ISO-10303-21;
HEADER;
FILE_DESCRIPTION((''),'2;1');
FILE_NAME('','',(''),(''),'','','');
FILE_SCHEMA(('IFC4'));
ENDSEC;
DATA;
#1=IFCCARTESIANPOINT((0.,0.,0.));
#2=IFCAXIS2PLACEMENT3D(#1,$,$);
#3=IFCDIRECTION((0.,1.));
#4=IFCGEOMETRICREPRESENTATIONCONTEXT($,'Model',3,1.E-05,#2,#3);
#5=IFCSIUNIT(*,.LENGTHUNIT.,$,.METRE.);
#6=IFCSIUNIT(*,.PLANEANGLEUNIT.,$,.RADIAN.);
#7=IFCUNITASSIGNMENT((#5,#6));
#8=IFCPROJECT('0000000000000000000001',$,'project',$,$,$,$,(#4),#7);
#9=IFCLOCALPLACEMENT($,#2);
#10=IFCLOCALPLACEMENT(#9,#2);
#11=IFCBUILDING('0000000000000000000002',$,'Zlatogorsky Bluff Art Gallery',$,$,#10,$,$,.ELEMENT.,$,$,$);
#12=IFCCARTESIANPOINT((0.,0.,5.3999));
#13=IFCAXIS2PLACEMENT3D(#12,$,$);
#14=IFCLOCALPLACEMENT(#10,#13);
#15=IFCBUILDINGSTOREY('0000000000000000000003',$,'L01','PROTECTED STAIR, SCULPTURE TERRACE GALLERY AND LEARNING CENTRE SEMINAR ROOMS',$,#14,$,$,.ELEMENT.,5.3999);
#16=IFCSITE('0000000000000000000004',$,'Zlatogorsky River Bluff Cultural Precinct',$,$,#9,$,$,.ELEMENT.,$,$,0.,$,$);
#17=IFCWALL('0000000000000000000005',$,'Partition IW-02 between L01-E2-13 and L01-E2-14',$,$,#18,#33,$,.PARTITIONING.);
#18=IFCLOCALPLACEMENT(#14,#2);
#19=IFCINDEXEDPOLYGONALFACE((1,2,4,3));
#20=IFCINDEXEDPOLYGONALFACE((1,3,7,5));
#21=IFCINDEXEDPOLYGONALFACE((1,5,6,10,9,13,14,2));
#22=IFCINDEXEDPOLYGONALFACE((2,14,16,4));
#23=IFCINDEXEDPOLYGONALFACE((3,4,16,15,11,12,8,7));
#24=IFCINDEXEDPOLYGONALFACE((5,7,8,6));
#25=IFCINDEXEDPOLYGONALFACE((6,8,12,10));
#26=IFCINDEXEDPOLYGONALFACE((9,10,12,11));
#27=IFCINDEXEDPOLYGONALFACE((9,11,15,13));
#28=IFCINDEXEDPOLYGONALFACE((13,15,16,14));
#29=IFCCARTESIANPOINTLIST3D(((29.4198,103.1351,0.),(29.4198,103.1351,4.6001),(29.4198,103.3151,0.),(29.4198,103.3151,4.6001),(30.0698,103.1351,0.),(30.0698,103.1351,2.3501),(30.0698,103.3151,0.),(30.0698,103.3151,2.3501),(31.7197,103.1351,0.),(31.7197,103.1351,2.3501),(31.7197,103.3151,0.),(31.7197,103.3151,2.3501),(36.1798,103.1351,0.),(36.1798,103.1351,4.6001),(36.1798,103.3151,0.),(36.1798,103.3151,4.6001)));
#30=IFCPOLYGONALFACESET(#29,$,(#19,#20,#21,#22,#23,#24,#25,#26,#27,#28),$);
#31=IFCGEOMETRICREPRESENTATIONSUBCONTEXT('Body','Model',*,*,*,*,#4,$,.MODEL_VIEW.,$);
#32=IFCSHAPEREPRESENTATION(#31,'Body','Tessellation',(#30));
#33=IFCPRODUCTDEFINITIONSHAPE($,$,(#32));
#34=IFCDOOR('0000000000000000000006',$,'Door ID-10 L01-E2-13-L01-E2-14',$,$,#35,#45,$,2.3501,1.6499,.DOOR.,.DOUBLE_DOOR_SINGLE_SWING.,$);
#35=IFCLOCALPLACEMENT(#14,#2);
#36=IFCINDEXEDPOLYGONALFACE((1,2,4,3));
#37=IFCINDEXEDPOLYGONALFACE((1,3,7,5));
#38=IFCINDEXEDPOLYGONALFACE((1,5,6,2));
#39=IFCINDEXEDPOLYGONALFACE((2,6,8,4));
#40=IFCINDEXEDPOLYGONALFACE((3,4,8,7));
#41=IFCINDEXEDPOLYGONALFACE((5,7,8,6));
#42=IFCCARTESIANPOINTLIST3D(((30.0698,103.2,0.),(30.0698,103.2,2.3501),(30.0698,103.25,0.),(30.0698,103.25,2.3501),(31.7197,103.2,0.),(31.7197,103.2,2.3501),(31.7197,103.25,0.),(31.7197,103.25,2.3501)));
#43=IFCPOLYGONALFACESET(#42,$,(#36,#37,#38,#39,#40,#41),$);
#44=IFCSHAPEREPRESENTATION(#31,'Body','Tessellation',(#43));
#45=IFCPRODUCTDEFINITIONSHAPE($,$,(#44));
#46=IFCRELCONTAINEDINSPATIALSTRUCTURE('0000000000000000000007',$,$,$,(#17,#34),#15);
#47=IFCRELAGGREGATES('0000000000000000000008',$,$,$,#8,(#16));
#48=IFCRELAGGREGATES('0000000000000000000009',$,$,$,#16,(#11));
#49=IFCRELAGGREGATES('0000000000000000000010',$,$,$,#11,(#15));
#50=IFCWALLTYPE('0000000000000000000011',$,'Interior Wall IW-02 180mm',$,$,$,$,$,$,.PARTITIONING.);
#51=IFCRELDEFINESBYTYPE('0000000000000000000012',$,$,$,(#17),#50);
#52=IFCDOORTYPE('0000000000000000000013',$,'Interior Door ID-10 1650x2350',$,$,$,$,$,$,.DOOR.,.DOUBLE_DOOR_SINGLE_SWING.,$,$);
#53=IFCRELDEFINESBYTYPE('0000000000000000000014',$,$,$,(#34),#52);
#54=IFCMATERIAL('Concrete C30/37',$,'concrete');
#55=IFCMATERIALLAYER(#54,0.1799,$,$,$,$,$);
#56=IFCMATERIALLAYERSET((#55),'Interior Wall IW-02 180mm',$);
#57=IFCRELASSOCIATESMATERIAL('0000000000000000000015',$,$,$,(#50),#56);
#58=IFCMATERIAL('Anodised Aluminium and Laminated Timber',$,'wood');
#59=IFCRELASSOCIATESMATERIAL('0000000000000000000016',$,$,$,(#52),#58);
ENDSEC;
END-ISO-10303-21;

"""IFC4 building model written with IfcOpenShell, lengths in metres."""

from ifc_helpers import new_model, si_unit, direction, frame, frame_2d, origin, place, context, subcontext, project, spatial, rectangle, extrude, material, layer, layer_set, type_object, element, fill, save


model = new_model("IFC4")

# Units and contexts
model_context = context("Model", 3, precision=1e-05, world=origin(), true_north=direction((0.0, 1.0)))
body_context = subcontext(model_context, "Body", "Model", "MODEL_VIEW")
ifc_project = project(units=[si_unit("LENGTHUNIT", "METRE"), si_unit("PLANEANGLEUNIT", "RADIAN")], contexts=[model_context])

# Site, building, storey
site_placement = place(None, origin())
site = spatial("IfcSite", under=ifc_project, at=site_placement, Name="Zlatogorsky River Bluff Cultural Precinct", CompositionType="ELEMENT", RefElevation=0.0)
building_placement = place(site_placement, origin())
building = spatial("IfcBuilding", under=site, at=building_placement, Name="Zlatogorsky Bluff Art Gallery", CompositionType="ELEMENT")
storey_placement = place(building_placement, frame((0.0, 0.0, 5.3999)))
storey = spatial("IfcBuildingStorey", under=building, at=storey_placement, Name="L01", Description="PROTECTED STAIR, SCULPTURE TERRACE GALLERY AND LEARNING CENTRE SEMINAR ROOMS", CompositionType="ELEMENT", Elevation=5.3999)

# Wall, opening, door
ifc_material_1 = material(Name="Concrete C30/37", Category="concrete")
ifc_material_2 = material(Name="Anodised Aluminium and Laminated Timber", Category="wood")
ifc_layer_1 = layer(ifc_material_1, 0.1799)
ifc_layer_set_1 = layer_set([ifc_layer_1], Name="Interior Wall IW-02 180mm")
wall_type_1 = type_object("IfcWallType", Name="Interior Wall IW-02 180mm", PredefinedType="PARTITIONING", material=ifc_layer_set_1)
wall_1_placement = place(storey_placement, frame((29.4199, 103.2251, 0.0), z_axis=(0.0, 0.0, 1.0), x_axis=(1.0, 0.0, 0.0)))
wall_1 = element("IfcWall", 1, at=wall_1_placement, inside=storey, type_object=wall_type_1, Name="Partition IW-02 between L01-E2-13 and L01-E2-14", PredefinedType="PARTITIONING", context=body_context, shape_type="SweptSolid", body=[
    extrude(rectangle(XDim=6.76, YDim=0.1799, at=frame_2d((3.3799, 0.0))), origin(), (0.0, 0.0, 1.0), 4.6001),
])
opening_1_placement = place(wall_1_placement, frame((0.6499, 0.0, 0.0)))
opening_1 = element("IfcOpeningElement", 2, at=opening_1_placement, cuts=wall_1, PredefinedType="OPENING", context=body_context, shape_type="SweptSolid", body=[
    extrude(rectangle(XDim=1.6499, YDim=2.3501, at=frame_2d((0.825, 1.175))), frame((0.0, 0.0999, 0.0), z_axis=(0.0, -1.0, 0.0), x_axis=(1.0, 0.0, 0.0)), (0.0, 0.0, 1.0), 0.2),
])
door_type_1 = type_object("IfcDoorType", Name="Interior Door ID-10 1650x2350", OperationType="DOUBLE_DOOR_SINGLE_SWING", PredefinedType="DOOR", material=ifc_material_2)
door_1_placement = place(opening_1_placement, origin())
door_1 = element("IfcDoor", 3, at=door_1_placement, inside=storey, type_object=door_type_1, Name="Door ID-10 L01-E2-13-L01-E2-14", OperationType="DOUBLE_DOOR_SINGLE_SWING", OverallHeight=2.3501, OverallWidth=1.6499, PredefinedType="DOOR", context=body_context, shape_type="SweptSolid", body=[
    extrude(rectangle(XDim=1.6499, YDim=2.3501, at=frame_2d((0.825, 1.175))), frame((0.0, 0.0249, 0.0), z_axis=(0.0, -1.0, 0.0), x_axis=(1.0, 0.0, 0.0)), (0.0, 0.0, 1.0), 0.05),
])
fill(opening_1, door_1)

save(model, "model.ifc")
